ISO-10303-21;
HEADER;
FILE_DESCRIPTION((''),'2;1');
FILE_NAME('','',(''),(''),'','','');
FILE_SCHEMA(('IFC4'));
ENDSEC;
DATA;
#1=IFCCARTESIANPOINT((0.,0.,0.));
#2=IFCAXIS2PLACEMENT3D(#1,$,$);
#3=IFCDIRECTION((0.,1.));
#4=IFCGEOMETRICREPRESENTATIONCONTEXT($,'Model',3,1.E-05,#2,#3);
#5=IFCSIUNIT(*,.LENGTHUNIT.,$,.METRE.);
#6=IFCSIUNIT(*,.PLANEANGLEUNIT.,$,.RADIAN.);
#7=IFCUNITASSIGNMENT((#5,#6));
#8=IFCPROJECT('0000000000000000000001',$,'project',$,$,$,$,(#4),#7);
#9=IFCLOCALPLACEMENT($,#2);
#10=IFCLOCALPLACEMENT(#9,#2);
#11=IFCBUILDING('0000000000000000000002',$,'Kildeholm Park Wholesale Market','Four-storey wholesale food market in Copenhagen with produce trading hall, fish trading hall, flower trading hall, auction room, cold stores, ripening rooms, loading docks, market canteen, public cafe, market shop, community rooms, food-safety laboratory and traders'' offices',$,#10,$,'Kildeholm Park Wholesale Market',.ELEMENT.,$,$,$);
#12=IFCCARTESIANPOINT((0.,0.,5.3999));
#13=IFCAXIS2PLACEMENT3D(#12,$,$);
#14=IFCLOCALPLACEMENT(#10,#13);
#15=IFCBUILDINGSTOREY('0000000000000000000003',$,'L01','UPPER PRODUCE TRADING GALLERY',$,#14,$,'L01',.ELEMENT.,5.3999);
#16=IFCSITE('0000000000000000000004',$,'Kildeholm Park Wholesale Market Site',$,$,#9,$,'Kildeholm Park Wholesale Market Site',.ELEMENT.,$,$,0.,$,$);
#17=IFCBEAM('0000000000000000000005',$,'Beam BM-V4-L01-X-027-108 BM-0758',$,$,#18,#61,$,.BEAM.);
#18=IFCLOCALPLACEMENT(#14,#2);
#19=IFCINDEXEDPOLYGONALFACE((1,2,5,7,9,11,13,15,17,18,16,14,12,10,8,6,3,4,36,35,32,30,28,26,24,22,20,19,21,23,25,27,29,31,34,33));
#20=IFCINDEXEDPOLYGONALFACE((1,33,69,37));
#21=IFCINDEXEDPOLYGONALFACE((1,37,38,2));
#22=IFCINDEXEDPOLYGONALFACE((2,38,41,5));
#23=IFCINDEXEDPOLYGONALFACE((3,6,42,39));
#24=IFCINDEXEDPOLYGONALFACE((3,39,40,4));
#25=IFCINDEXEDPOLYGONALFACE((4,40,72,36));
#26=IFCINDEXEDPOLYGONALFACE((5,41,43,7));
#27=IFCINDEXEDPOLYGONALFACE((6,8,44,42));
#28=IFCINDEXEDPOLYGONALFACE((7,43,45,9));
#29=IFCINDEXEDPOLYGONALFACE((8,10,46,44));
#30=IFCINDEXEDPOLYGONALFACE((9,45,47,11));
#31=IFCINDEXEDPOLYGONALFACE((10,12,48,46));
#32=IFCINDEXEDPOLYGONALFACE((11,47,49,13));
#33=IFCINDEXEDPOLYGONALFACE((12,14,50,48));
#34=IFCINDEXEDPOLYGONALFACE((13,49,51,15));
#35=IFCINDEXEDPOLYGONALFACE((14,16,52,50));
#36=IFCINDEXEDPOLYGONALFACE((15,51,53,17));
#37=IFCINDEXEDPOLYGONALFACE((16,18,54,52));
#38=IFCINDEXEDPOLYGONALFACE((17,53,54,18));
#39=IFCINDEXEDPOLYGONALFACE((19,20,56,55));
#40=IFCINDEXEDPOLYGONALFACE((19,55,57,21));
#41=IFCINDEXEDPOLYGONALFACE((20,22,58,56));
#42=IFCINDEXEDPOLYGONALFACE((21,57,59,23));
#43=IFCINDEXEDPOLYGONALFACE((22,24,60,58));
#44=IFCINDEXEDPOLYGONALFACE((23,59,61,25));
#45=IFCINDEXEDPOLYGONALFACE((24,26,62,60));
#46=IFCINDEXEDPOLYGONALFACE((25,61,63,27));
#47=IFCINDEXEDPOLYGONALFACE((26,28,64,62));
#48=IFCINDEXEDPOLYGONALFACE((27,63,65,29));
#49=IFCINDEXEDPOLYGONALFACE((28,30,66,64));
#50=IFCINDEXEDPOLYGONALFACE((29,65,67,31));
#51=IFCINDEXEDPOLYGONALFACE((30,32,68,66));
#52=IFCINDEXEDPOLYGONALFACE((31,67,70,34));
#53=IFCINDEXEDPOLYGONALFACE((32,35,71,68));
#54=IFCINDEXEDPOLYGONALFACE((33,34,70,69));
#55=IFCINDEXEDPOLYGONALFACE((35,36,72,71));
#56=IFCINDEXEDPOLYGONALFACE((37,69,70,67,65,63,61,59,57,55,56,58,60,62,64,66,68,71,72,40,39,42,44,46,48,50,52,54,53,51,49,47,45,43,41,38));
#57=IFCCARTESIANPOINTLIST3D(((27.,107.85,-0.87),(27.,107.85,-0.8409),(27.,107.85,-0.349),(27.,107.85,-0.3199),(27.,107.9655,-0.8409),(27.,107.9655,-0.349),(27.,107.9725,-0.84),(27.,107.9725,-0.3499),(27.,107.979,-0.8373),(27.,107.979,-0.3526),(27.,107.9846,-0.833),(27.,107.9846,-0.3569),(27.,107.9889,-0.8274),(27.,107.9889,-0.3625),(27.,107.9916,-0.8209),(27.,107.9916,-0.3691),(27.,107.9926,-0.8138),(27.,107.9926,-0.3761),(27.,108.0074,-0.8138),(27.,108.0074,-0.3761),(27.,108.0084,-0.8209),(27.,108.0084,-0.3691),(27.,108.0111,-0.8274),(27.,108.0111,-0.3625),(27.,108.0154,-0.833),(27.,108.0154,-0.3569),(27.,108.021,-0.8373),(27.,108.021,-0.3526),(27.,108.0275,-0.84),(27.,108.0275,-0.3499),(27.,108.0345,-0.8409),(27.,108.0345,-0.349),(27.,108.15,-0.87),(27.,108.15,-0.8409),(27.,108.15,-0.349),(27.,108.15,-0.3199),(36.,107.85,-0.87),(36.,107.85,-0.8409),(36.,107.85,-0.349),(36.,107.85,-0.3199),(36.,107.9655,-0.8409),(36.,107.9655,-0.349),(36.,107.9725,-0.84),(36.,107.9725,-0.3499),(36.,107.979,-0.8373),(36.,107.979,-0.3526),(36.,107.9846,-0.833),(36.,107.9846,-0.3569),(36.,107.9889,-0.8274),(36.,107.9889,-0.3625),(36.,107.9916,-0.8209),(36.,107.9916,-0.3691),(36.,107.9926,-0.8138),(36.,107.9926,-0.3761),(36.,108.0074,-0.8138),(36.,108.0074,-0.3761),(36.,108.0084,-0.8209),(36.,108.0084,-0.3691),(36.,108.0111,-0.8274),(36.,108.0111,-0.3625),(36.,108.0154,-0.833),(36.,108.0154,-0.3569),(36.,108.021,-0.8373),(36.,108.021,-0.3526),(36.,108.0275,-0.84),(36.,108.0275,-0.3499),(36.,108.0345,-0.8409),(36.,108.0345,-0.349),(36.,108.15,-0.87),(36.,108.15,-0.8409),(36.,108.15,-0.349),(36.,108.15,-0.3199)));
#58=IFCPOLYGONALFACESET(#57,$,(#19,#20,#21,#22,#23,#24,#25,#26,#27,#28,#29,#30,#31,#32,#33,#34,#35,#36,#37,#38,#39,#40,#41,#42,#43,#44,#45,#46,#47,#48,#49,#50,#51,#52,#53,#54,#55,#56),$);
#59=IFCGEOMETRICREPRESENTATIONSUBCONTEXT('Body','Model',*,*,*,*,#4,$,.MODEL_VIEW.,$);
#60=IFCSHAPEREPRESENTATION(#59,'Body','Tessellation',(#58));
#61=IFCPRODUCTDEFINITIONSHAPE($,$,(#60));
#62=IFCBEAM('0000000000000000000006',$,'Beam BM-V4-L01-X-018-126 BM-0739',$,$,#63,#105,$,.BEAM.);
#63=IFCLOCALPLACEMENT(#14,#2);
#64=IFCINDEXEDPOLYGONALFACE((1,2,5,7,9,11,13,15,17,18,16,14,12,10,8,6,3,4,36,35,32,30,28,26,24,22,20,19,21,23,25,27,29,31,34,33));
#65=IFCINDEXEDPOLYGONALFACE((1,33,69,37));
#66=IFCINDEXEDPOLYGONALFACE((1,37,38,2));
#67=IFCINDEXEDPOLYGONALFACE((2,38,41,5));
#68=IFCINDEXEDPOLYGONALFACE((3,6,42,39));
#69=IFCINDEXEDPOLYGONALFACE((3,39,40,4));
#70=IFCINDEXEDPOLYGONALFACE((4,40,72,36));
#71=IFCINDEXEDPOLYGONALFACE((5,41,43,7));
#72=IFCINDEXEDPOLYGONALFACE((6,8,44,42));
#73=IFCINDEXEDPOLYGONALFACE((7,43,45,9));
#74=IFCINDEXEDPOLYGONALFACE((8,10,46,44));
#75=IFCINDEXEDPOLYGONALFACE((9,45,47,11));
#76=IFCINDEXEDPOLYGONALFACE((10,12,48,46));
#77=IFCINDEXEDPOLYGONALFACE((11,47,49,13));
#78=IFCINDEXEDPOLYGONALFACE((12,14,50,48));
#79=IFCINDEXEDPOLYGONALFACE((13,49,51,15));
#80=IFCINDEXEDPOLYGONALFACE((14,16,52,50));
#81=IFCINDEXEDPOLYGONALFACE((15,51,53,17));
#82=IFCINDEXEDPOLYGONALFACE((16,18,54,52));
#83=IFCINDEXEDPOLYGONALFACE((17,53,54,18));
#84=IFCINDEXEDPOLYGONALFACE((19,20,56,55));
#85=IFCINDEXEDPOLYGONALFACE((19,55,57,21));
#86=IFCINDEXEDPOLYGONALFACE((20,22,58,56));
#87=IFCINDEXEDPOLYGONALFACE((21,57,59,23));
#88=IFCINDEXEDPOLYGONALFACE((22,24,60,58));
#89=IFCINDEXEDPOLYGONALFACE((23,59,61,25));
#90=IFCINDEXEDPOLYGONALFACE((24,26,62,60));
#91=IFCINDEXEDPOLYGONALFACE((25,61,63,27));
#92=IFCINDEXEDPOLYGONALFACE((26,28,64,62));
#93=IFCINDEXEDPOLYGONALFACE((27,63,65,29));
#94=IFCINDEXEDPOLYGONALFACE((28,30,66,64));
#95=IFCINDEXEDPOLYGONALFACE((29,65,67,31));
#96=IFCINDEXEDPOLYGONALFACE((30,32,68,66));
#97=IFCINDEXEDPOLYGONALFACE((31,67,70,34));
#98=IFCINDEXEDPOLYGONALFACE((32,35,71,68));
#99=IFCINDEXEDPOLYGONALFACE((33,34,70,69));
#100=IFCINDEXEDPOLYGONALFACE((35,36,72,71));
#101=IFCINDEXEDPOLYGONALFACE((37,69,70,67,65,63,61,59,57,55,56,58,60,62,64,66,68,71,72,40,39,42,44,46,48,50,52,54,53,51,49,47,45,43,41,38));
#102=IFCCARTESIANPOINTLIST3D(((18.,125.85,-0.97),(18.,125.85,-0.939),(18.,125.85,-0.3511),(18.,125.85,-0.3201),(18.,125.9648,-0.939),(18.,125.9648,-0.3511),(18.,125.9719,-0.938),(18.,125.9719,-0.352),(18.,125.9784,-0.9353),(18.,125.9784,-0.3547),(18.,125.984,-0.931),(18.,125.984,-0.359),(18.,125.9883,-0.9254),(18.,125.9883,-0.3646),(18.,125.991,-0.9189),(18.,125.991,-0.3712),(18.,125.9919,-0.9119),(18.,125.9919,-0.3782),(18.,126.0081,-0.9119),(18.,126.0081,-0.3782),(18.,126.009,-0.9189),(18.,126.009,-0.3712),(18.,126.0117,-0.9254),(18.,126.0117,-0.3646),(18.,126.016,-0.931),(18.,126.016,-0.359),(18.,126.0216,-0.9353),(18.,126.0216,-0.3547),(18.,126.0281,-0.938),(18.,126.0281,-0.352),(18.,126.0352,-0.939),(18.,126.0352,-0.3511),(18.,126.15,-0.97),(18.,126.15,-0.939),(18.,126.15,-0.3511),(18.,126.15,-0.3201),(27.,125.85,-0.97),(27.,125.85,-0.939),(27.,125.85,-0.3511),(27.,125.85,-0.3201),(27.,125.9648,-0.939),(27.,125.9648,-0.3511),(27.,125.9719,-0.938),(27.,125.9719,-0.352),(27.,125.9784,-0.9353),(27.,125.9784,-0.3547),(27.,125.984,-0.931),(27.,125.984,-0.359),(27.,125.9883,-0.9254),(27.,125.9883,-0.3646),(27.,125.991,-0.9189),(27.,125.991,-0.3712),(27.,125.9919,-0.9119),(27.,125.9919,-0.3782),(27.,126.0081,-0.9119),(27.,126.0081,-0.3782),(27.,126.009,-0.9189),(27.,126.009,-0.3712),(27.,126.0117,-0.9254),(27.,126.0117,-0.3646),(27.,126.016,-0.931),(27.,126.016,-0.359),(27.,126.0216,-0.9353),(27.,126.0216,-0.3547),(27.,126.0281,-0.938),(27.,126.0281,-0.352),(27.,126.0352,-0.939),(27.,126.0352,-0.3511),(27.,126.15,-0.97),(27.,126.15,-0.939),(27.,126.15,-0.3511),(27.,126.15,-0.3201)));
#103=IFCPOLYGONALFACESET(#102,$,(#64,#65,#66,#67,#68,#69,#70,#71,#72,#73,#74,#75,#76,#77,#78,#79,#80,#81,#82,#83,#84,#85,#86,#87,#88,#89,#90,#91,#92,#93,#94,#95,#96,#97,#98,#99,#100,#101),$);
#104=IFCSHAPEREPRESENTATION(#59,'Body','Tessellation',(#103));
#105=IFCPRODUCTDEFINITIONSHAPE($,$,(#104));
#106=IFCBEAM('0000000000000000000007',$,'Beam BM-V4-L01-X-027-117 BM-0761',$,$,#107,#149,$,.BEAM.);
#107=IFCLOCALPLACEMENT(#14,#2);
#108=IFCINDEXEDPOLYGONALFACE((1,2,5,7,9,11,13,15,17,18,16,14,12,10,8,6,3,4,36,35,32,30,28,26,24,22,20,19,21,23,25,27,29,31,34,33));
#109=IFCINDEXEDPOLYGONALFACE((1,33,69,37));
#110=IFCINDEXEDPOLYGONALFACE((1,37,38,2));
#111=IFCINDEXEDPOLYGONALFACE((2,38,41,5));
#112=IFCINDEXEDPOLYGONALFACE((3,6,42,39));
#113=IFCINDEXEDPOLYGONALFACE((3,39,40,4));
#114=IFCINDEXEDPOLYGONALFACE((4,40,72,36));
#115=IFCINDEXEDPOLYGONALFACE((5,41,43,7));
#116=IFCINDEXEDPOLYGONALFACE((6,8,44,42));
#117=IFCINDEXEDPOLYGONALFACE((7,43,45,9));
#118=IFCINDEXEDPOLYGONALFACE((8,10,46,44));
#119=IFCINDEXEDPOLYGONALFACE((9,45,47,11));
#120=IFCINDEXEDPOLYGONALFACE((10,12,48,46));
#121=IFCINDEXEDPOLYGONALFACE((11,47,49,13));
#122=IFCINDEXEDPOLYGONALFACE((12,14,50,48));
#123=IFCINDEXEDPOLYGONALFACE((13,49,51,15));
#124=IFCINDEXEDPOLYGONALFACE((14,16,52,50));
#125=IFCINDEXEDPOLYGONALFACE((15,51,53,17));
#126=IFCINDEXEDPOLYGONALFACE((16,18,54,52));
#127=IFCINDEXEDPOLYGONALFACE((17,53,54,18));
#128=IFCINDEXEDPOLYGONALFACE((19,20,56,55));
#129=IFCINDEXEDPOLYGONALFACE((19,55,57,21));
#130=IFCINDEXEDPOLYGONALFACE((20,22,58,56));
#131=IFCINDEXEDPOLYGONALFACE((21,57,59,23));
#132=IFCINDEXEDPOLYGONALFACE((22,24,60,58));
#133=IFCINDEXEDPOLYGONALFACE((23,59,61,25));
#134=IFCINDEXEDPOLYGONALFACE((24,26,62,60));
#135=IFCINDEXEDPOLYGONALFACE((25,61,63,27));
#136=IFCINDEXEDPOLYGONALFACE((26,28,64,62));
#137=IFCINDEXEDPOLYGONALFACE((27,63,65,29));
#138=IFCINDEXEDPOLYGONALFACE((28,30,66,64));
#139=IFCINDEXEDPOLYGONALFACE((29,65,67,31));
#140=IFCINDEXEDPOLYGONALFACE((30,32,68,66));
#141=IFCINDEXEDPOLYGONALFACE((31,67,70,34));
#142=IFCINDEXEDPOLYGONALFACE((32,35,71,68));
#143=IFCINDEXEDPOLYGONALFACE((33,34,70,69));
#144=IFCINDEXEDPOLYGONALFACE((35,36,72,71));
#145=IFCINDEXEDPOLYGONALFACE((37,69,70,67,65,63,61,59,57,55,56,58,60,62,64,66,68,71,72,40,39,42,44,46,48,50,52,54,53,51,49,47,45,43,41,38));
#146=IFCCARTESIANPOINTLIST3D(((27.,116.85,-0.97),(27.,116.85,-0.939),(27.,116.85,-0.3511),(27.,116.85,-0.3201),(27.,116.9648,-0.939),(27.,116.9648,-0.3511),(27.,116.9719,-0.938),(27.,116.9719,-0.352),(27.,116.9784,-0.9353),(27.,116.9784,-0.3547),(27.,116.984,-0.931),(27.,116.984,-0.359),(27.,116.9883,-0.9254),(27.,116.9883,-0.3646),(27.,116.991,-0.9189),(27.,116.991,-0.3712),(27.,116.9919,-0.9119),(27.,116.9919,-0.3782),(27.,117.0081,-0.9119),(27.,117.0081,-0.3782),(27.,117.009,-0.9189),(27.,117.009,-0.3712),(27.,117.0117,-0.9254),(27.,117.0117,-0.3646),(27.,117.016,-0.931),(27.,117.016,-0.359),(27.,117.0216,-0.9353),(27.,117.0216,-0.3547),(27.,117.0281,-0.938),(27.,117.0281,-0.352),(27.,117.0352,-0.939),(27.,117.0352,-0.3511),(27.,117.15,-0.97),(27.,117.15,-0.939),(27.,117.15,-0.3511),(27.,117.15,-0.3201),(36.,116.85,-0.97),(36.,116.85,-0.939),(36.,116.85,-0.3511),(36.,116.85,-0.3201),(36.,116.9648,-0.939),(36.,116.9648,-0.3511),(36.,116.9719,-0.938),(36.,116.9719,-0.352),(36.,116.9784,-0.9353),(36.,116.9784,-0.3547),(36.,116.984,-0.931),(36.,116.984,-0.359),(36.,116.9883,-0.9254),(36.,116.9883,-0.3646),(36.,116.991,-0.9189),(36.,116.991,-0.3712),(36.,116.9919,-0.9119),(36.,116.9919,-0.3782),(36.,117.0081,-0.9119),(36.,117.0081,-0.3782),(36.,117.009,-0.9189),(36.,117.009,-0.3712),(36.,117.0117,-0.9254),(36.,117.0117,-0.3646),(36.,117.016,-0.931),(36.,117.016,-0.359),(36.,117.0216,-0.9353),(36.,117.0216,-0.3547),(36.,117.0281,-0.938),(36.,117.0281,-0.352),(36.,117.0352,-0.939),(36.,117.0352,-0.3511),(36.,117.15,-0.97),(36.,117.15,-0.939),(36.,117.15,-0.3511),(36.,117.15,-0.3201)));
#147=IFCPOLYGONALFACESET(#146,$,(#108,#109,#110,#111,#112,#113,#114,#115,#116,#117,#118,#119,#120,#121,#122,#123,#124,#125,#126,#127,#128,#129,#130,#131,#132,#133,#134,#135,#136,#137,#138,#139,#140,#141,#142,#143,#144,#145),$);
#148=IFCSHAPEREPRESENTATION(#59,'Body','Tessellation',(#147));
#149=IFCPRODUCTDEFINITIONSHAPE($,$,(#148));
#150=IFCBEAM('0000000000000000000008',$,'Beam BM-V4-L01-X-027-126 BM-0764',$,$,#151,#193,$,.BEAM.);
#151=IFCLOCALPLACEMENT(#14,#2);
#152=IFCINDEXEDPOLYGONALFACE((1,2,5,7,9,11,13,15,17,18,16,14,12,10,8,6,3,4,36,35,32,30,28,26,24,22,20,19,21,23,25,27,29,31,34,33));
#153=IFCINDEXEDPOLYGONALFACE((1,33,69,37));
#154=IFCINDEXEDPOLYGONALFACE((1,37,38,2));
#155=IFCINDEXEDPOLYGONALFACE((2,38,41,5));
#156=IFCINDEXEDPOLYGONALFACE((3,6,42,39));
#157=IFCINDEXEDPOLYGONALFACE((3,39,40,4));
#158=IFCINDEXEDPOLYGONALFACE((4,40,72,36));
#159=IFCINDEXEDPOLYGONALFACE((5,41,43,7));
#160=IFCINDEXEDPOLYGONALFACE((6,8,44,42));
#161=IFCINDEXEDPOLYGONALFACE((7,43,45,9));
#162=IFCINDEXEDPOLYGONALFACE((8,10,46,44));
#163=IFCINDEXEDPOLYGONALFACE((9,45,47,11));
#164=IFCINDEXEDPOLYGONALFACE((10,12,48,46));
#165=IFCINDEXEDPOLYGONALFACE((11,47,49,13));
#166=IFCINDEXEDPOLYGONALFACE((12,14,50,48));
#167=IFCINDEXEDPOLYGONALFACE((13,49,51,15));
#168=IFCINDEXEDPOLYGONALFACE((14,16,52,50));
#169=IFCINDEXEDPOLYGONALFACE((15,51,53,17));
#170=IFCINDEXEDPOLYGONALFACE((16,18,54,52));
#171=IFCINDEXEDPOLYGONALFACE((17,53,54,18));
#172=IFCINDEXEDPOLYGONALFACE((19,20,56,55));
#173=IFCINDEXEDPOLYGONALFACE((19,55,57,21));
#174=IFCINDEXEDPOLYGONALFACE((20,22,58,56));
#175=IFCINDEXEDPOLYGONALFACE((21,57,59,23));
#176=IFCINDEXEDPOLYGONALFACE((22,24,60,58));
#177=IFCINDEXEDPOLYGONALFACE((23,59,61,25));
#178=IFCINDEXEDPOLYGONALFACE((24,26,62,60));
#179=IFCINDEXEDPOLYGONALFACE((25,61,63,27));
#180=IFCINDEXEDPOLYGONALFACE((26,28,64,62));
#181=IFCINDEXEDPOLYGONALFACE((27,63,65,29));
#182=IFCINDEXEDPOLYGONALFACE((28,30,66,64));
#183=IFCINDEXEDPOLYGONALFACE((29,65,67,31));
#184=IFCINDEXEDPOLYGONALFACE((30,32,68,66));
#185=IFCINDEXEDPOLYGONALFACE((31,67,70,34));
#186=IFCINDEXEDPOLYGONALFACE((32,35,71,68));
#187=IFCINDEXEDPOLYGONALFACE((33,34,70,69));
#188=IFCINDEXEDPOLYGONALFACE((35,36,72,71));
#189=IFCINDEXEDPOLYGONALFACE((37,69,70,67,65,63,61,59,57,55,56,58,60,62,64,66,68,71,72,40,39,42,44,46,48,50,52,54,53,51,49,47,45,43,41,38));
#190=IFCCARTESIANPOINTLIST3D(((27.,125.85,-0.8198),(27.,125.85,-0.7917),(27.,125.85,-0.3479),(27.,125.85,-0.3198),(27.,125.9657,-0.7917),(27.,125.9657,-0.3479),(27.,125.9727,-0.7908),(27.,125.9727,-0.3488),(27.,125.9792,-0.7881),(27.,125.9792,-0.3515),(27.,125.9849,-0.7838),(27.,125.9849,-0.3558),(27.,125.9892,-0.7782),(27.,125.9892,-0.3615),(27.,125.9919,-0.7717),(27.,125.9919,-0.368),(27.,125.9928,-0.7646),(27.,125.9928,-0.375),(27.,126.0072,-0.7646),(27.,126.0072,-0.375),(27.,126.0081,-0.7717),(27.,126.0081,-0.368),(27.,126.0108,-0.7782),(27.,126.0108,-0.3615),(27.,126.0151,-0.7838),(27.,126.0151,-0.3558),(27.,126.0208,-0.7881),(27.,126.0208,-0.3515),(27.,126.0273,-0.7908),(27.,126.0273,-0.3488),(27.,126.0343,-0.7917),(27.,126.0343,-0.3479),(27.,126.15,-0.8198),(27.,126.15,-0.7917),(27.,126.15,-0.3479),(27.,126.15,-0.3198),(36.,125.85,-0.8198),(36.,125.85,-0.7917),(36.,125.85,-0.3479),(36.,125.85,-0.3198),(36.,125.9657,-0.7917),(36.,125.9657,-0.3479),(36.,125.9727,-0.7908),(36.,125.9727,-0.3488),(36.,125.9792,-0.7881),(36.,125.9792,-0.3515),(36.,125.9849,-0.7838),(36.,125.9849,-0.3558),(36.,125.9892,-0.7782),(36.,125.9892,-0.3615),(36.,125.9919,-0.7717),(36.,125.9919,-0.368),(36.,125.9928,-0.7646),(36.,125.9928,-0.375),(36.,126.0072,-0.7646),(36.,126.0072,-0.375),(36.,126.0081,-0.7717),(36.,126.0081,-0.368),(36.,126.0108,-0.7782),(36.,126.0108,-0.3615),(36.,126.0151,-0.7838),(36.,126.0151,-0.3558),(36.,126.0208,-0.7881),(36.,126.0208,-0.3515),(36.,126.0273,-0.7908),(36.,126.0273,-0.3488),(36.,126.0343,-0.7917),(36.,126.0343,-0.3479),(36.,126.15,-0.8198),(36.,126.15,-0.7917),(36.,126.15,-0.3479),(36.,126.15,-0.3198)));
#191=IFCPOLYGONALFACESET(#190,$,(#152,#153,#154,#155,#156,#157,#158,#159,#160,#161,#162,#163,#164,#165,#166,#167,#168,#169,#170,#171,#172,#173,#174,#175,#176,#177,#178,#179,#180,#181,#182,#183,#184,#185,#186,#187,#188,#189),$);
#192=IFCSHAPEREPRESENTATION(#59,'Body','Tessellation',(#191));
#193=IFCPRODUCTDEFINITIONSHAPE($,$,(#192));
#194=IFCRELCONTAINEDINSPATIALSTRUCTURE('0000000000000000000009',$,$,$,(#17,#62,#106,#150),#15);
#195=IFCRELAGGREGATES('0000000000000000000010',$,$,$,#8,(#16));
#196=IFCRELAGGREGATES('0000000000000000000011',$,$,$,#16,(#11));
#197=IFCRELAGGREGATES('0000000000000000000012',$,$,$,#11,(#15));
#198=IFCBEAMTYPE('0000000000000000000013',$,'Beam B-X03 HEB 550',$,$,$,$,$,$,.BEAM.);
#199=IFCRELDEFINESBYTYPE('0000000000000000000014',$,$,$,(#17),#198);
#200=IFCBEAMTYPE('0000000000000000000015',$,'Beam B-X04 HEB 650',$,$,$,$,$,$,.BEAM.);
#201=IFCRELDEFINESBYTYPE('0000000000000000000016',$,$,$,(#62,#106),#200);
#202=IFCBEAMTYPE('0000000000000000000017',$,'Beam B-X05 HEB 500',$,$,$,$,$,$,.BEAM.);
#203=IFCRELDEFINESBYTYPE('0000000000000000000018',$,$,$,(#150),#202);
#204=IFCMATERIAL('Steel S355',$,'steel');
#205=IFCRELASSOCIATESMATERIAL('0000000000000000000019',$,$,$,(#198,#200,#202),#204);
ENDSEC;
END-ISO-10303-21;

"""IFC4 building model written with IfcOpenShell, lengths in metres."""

from ifc_helpers import new_model, si_unit, direction, frame, origin, origin_2d, place, context, subcontext, project, spatial, i_section, extrude, material, material_profile, profile_set, type_object, element, save


model = new_model("IFC4")

# Units and contexts
model_context = context("Model", 3, precision=1e-05, world=origin(), true_north=direction((0.0, 1.0)))
body_context = subcontext(model_context, "Body", "Model", "MODEL_VIEW")
ifc_project = project(units=[si_unit("LENGTHUNIT", "METRE"), si_unit("PLANEANGLEUNIT", "RADIAN")], contexts=[model_context])

# Site, building, storey
site_placement = place(None, origin())
site = spatial("IfcSite", under=ifc_project, at=site_placement, Name="Kildeholm Park Wholesale Market Site", LongName="Kildeholm Park Wholesale Market Site", CompositionType="ELEMENT", RefElevation=0.0)
building_placement = place(site_placement, origin())
building = spatial("IfcBuilding", under=site, at=building_placement, Name="Kildeholm Park Wholesale Market", Description="Four-storey wholesale food market in Copenhagen with produce trading hall, fish trading hall, flower trading hall, auction room, cold stores, ripening rooms, loading docks, market canteen, public cafe, market shop, community rooms, food-safety laboratory and traders' offices", LongName="Kildeholm Park Wholesale Market", CompositionType="ELEMENT")
storey_placement = place(building_placement, frame((0.0, 0.0, 5.3999)))
storey = spatial("IfcBuildingStorey", under=building, at=storey_placement, Name="L01", Description="UPPER PRODUCE TRADING GALLERY", LongName="L01", CompositionType="ELEMENT", Elevation=5.3999)

# Beams
ifc_material_1 = material(Name="Steel S355", Category="steel")
ifc_material_profile_1 = material_profile(ifc_material_1, i_section(OverallWidth=0.3, OverallDepth=0.55, WebThickness=0.0149, FlangeThickness=0.0291, FilletRadius=0.0271, at=origin_2d()), Name="HEB 550")
ifc_profile_set_1 = profile_set([ifc_material_profile_1], Name="Steel S355")
beam_type_1 = type_object("IfcBeamType", Name="Beam B-X03 HEB 550", PredefinedType="BEAM", material=ifc_profile_set_1)
for number, where, z_axis, x_axis, name in (
    (1, (27.0, 108.0, -0.595), (1.0, 0.0, 0.0), (0.0, 1.0, 0.0), "Beam BM-V4-L01-X-027-108 BM-0758"),
):
    element("IfcBeam", number, at=place(storey_placement, frame(where, z_axis=z_axis, x_axis=x_axis)), inside=storey, type_object=beam_type_1, Name=name, PredefinedType="BEAM", context=body_context, shape_type="SweptSolid", body=[
        extrude(i_section(OverallWidth=0.3, OverallDepth=0.55, WebThickness=0.0149, FlangeThickness=0.0291, FilletRadius=0.0271, at=origin_2d()), origin(), (0.0, 0.0, 1.0), 9.0),
    ])
ifc_material_profile_2 = material_profile(ifc_material_1, i_section(OverallWidth=0.3, OverallDepth=0.6499, WebThickness=0.0161, FlangeThickness=0.031, FilletRadius=0.0271, at=origin_2d()), Name="HEB 650")
ifc_profile_set_2 = profile_set([ifc_material_profile_2], Name="Steel S355")
beam_type_2 = type_object("IfcBeamType", Name="Beam B-X04 HEB 650", PredefinedType="BEAM", material=ifc_profile_set_2)
for number, where, z_axis, x_axis, name in (
    (2, (18.0, 126.0, -0.645), (1.0, 0.0, 0.0), (0.0, 1.0, 0.0), "Beam BM-V4-L01-X-018-126 BM-0739"),
    (3, (27.0, 117.0, -0.645), (1.0, 0.0, 0.0), (0.0, 1.0, 0.0), "Beam BM-V4-L01-X-027-117 BM-0761"),
):
    element("IfcBeam", number, at=place(storey_placement, frame(where, z_axis=z_axis, x_axis=x_axis)), inside=storey, type_object=beam_type_2, Name=name, PredefinedType="BEAM", context=body_context, shape_type="SweptSolid", body=[
        extrude(i_section(OverallWidth=0.3, OverallDepth=0.6499, WebThickness=0.0161, FlangeThickness=0.031, FilletRadius=0.0271, at=origin_2d()), origin(), (0.0, 0.0, 1.0), 9.0),
    ])
ifc_material_profile_3 = material_profile(ifc_material_1, i_section(OverallWidth=0.3, OverallDepth=0.5, WebThickness=0.0144, FlangeThickness=0.0281, FilletRadius=0.0271, at=origin_2d()), Name="HEB 500")
ifc_profile_set_3 = profile_set([ifc_material_profile_3], Name="Steel S355")
beam_type_3 = type_object("IfcBeamType", Name="Beam B-X05 HEB 500", PredefinedType="BEAM", material=ifc_profile_set_3)
beam_1_placement = place(storey_placement, frame((27.0, 126.0, -0.5698), z_axis=(1.0, 0.0, 0.0), x_axis=(0.0, 1.0, 0.0)))
element("IfcBeam", 4, at=beam_1_placement, inside=storey, type_object=beam_type_3, Name="Beam BM-V4-L01-X-027-126 BM-0764", PredefinedType="BEAM", context=body_context, shape_type="SweptSolid", body=[
    extrude(i_section(OverallWidth=0.3, OverallDepth=0.5, WebThickness=0.0144, FlangeThickness=0.0281, FilletRadius=0.0271, at=origin_2d()), origin(), (0.0, 0.0, 1.0), 9.0),
])

save(model, "model.ifc")
